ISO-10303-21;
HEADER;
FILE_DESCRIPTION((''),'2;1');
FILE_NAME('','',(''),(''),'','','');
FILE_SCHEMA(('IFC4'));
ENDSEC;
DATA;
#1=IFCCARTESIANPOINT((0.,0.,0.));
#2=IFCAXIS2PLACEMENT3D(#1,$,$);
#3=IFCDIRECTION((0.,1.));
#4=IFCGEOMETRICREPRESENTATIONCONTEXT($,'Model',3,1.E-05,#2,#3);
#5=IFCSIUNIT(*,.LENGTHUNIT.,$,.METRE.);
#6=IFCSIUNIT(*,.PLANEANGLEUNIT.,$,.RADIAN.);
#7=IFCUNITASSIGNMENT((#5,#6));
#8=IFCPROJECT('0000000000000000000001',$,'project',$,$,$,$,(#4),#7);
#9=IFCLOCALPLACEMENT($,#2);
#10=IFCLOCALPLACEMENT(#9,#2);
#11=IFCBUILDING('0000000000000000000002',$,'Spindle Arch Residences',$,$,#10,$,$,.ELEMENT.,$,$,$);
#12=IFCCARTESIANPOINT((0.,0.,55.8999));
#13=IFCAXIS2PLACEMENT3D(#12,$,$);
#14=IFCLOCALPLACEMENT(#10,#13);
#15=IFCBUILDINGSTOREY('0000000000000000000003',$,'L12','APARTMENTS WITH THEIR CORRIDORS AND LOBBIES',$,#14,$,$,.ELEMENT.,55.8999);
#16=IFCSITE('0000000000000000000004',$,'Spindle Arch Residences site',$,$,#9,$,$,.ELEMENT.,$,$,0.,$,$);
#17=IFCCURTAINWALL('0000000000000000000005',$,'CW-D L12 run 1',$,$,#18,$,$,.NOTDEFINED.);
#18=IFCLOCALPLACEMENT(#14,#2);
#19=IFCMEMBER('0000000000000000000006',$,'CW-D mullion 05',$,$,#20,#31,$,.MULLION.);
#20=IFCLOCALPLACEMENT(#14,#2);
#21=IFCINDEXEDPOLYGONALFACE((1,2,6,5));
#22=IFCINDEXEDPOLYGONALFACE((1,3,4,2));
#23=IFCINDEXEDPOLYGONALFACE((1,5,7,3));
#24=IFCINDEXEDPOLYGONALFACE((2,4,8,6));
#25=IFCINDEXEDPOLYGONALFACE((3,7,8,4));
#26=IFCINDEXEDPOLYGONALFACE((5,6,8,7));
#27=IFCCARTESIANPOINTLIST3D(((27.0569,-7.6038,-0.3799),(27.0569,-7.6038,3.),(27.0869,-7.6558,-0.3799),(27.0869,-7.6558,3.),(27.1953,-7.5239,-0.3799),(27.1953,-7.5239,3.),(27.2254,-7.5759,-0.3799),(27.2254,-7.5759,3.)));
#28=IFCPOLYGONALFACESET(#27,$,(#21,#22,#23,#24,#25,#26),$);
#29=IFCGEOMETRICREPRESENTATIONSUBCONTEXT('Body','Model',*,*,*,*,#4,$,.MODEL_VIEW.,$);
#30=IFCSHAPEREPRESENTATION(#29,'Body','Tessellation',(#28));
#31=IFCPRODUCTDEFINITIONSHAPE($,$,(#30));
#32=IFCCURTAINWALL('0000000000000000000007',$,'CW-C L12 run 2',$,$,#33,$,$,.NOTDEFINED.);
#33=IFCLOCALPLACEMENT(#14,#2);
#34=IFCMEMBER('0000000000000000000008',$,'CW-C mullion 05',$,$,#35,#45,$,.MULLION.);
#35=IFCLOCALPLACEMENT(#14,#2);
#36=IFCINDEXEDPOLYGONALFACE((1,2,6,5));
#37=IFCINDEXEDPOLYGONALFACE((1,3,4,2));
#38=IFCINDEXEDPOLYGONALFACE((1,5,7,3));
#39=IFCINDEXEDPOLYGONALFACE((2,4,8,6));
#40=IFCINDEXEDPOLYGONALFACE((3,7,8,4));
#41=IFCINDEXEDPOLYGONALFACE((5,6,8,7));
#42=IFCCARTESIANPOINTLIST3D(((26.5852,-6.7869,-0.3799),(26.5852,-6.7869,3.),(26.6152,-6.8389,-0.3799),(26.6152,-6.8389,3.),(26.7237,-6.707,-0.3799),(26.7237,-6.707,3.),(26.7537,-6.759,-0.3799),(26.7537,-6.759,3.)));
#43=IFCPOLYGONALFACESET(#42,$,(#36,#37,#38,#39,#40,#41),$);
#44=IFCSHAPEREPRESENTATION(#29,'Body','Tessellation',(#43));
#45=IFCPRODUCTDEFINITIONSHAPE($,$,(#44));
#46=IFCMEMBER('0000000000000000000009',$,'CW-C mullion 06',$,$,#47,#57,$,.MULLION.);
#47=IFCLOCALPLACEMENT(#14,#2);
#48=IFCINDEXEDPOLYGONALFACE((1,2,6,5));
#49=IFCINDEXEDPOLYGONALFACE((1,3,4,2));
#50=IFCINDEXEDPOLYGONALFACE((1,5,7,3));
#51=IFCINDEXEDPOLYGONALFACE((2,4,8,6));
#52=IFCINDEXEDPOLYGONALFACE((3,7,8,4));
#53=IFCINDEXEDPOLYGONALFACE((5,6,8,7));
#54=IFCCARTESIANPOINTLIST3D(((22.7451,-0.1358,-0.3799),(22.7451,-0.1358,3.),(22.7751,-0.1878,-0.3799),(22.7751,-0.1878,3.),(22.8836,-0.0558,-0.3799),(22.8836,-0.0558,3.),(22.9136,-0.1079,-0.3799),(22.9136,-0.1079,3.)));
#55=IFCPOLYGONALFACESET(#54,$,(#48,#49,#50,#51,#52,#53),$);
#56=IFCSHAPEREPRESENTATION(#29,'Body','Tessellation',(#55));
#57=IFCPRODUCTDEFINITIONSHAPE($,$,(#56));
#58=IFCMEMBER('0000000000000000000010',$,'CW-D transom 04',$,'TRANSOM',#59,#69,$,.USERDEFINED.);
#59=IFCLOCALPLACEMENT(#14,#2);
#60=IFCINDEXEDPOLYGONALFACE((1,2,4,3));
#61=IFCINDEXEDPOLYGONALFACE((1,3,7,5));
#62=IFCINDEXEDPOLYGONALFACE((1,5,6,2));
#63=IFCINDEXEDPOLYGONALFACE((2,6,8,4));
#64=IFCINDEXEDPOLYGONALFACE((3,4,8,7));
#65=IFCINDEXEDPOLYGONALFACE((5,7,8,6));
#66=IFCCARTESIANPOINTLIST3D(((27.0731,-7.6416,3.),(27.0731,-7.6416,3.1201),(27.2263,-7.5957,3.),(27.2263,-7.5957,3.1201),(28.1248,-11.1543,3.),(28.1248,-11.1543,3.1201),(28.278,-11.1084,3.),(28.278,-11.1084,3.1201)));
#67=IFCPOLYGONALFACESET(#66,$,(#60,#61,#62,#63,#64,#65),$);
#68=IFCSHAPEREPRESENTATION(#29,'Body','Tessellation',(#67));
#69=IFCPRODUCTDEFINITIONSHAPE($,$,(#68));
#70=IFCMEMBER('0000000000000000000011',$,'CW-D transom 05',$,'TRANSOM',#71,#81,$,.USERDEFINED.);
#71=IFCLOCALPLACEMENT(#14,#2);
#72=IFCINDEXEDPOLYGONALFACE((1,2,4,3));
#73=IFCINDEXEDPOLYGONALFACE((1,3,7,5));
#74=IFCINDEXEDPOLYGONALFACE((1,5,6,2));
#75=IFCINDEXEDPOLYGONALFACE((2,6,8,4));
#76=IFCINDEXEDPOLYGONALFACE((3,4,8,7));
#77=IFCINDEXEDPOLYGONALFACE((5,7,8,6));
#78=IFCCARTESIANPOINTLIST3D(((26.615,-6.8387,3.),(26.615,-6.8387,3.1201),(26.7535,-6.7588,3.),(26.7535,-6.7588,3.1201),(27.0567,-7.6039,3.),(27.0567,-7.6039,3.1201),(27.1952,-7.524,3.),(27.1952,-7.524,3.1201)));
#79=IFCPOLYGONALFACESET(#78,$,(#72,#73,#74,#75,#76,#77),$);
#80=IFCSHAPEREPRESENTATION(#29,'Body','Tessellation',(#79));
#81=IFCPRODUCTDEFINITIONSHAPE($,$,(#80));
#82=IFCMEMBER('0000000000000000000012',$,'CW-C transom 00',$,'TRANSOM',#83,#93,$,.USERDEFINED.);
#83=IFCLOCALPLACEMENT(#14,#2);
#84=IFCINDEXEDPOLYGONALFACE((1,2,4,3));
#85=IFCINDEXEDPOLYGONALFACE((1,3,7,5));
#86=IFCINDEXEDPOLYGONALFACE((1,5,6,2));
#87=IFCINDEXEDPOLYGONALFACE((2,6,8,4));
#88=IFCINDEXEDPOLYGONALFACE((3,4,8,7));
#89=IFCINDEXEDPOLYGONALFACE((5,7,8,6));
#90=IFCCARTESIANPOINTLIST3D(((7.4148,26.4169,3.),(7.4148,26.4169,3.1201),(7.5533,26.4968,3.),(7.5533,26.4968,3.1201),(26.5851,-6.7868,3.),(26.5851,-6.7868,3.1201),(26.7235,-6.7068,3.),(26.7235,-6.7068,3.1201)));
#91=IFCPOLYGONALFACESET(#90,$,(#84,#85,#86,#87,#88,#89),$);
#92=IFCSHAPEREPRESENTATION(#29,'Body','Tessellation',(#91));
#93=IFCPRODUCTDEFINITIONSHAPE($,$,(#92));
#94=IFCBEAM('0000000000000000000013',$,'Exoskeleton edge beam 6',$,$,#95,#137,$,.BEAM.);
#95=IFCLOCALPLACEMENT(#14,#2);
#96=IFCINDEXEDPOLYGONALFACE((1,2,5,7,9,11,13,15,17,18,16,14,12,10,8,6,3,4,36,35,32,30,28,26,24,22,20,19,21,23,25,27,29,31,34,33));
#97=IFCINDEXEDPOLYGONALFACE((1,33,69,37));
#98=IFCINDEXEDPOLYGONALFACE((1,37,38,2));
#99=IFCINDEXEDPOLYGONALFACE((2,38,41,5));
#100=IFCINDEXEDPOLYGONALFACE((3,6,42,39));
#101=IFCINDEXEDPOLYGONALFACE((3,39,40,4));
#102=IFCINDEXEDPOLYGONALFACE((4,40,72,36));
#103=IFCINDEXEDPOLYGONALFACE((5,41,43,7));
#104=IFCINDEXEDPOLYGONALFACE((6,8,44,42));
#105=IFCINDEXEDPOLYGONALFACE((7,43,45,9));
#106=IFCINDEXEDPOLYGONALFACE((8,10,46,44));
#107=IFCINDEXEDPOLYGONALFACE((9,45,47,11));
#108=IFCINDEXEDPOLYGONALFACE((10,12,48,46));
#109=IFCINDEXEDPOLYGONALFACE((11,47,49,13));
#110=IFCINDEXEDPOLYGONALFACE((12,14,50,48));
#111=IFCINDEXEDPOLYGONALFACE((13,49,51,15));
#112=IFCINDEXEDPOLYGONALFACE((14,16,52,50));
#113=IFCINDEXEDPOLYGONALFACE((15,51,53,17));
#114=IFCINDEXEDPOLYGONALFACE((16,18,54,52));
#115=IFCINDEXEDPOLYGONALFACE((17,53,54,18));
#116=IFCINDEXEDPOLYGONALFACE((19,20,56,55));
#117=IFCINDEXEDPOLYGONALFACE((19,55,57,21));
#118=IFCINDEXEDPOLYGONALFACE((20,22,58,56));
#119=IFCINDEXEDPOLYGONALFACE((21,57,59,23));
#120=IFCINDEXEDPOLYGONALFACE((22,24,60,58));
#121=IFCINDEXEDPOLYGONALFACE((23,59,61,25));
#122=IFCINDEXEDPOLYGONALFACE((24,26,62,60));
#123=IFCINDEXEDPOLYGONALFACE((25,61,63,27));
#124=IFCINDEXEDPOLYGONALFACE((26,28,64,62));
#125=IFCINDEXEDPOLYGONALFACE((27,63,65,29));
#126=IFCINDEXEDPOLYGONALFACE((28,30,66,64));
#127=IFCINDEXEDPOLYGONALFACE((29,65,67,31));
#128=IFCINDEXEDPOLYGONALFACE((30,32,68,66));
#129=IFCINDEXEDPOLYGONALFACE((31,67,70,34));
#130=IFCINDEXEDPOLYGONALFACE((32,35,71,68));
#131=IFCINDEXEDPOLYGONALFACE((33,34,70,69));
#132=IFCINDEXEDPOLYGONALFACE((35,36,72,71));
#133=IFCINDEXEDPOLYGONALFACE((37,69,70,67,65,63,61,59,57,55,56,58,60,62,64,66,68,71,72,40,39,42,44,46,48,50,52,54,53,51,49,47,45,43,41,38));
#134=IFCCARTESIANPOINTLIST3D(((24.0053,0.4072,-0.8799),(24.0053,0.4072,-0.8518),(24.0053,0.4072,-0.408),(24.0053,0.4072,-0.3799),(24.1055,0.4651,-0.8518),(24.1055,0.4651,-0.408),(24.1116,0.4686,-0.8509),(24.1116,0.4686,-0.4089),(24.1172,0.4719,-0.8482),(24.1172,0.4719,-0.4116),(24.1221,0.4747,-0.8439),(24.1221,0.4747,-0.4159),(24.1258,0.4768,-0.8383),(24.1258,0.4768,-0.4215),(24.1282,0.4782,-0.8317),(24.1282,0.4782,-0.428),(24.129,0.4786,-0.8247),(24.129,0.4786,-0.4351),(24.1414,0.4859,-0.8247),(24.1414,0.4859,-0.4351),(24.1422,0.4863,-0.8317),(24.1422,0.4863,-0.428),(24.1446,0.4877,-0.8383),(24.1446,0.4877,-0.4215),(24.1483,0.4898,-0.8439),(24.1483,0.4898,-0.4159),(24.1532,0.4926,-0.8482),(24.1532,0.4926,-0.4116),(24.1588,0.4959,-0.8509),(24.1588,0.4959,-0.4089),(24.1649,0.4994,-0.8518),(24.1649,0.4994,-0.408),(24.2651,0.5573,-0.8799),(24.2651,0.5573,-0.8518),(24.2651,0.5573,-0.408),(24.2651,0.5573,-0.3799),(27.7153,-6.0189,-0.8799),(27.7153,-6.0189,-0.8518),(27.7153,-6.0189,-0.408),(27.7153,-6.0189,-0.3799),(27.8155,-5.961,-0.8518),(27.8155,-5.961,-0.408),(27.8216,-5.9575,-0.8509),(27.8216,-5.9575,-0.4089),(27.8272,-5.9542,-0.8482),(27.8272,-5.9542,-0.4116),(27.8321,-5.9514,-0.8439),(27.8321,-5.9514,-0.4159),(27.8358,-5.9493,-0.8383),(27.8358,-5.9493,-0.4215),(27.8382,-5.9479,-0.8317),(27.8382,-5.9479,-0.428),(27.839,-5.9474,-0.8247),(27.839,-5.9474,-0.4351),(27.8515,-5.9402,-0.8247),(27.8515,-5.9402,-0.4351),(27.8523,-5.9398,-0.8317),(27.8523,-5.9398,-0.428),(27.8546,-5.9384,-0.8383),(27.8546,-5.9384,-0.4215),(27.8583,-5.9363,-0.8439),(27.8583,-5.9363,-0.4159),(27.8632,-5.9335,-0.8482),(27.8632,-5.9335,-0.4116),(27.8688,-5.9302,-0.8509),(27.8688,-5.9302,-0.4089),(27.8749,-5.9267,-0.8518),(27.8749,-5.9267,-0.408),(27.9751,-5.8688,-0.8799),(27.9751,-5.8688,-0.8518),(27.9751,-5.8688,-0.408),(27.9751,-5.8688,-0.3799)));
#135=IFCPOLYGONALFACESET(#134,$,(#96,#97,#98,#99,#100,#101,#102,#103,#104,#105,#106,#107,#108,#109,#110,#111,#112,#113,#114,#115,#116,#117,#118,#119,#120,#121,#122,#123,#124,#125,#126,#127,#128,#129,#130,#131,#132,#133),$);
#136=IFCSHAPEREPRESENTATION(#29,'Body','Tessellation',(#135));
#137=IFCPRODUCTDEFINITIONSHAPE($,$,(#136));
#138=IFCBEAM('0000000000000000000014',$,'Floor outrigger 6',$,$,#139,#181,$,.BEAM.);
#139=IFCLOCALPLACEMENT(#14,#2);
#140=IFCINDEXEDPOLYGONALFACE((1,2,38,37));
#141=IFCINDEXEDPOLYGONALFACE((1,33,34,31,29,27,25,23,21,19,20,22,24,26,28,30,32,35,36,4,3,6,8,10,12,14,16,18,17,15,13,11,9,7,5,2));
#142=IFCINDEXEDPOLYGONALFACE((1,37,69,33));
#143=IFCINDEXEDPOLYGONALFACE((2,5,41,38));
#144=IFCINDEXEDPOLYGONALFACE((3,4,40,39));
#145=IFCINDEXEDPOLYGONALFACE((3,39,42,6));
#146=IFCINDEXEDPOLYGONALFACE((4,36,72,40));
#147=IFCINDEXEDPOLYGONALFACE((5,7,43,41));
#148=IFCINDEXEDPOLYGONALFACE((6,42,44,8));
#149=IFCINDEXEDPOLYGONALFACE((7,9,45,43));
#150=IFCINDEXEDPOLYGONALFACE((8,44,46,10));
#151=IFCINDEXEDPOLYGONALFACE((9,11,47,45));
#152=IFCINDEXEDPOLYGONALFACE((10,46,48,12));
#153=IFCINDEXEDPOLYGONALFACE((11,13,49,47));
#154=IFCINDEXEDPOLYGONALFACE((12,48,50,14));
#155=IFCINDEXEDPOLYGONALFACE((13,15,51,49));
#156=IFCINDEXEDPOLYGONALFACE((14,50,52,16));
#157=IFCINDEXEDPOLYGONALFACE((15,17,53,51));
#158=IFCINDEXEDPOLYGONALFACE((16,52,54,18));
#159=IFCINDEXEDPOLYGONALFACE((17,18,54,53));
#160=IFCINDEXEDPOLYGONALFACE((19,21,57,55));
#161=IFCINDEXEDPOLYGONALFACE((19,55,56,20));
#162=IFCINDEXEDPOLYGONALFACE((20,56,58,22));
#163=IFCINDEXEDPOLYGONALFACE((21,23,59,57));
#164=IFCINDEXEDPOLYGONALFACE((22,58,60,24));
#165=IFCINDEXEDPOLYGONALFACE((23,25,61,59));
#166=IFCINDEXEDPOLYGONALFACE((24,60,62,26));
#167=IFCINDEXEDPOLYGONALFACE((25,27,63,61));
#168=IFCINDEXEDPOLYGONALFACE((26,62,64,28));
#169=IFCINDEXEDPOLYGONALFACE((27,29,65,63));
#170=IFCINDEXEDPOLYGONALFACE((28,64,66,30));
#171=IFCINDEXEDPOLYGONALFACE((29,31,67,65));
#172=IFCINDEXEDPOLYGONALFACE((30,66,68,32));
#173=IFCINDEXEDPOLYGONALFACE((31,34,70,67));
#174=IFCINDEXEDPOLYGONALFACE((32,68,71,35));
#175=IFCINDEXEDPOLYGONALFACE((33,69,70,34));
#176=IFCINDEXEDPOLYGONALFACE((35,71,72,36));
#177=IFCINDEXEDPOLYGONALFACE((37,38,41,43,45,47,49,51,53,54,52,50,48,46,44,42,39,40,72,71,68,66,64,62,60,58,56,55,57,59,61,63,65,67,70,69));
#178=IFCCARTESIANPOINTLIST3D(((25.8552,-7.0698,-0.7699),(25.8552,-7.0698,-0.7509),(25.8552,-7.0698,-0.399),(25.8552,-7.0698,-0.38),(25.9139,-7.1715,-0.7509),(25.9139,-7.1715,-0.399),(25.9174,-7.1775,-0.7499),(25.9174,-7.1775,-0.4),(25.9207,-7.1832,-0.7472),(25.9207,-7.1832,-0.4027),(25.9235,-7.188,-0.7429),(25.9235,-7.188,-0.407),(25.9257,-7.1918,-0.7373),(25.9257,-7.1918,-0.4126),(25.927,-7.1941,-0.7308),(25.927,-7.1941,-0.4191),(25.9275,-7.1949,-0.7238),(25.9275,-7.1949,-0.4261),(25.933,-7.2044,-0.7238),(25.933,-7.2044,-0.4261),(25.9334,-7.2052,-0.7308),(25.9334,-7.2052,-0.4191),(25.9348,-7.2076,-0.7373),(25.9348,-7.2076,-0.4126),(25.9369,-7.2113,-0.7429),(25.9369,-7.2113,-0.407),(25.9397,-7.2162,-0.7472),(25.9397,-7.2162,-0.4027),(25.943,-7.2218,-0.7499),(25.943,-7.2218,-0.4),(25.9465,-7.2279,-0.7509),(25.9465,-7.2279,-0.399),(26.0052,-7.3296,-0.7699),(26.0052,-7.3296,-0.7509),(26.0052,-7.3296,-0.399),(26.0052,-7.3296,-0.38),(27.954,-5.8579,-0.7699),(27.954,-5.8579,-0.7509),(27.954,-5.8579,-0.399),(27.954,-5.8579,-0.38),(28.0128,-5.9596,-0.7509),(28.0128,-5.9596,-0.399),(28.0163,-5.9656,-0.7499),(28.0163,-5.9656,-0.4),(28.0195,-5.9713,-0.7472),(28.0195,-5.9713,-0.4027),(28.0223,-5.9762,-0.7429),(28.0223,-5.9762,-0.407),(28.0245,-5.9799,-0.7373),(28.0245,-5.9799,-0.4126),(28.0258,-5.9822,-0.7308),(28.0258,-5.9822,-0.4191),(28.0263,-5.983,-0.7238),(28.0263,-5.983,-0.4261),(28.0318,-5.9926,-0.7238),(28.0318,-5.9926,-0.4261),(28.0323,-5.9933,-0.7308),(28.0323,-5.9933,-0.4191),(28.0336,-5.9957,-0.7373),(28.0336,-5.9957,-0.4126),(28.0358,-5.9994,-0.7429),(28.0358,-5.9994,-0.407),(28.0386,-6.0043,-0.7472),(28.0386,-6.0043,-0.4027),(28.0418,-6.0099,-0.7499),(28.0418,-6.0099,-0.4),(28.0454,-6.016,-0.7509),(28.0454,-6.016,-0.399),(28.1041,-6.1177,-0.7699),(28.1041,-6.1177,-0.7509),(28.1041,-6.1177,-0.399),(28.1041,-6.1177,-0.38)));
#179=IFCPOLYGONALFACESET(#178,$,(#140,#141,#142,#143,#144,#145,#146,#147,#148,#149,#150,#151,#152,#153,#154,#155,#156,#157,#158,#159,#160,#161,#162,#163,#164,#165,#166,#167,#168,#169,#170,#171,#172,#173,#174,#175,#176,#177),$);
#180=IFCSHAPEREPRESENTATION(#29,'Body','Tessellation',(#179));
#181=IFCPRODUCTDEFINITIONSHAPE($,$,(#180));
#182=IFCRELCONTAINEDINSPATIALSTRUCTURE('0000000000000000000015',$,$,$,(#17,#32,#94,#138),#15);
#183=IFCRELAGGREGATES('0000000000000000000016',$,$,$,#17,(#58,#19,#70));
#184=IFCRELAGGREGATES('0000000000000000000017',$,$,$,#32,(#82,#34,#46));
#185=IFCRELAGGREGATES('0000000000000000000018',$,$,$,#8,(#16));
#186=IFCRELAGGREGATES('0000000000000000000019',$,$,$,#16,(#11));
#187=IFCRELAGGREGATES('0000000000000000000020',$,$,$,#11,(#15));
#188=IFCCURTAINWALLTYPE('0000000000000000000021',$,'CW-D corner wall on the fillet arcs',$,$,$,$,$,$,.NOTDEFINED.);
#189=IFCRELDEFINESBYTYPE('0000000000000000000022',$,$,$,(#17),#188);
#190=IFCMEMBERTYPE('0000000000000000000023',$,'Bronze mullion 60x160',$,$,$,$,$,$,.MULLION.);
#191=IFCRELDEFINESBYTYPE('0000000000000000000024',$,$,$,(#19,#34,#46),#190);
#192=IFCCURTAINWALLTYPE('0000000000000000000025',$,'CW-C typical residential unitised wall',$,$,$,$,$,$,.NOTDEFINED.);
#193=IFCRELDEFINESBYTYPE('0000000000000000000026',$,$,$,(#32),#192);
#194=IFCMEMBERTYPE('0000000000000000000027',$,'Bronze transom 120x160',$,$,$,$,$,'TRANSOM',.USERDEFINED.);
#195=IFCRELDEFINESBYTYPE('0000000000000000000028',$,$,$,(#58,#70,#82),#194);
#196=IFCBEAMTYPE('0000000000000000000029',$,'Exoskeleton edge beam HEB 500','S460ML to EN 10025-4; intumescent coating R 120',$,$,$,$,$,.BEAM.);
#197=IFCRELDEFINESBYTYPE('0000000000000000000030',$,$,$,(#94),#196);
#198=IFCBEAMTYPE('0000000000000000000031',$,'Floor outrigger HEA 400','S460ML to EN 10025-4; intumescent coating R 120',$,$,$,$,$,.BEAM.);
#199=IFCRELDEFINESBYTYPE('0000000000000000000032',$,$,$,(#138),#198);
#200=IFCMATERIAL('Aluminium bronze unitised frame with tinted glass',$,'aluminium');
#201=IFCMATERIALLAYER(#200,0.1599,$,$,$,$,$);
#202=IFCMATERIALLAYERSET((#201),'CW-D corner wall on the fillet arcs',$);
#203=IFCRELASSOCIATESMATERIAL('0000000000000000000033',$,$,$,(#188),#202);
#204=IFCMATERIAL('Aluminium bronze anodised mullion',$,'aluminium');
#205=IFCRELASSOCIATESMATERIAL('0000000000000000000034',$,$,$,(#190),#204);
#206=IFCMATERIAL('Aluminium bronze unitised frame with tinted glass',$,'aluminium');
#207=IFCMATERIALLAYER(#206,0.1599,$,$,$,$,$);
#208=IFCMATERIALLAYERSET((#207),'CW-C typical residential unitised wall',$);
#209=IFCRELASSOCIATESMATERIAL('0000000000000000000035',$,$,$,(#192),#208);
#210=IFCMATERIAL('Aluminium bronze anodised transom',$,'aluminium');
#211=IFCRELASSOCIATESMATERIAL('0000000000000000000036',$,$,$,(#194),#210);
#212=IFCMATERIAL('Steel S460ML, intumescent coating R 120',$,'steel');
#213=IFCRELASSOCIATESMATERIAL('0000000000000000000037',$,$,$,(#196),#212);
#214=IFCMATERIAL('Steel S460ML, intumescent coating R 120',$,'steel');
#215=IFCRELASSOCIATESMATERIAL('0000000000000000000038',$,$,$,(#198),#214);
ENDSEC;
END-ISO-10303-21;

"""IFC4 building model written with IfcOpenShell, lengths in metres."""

from ifc_helpers import new_model, si_unit, direction, frame, origin, origin_2d, place, context, subcontext, project, spatial, rectangle, i_section, extrude, material, layer, layer_set, material_profile, profile_set, type_object, element, aggregate, save


model = new_model("IFC4")

# Units and contexts
model_context = context("Model", 3, precision=1e-05, world=origin(), true_north=direction((0.0, 1.0)))
body_context = subcontext(model_context, "Body", "Model", "MODEL_VIEW")
ifc_project = project(units=[si_unit("LENGTHUNIT", "METRE"), si_unit("PLANEANGLEUNIT", "RADIAN")], contexts=[model_context])

# Site, building, storey
site_placement = place(None, origin())
site = spatial("IfcSite", under=ifc_project, at=site_placement, Name="Spindle Arch Residences site", CompositionType="ELEMENT", RefElevation=0.0)
building_placement = place(site_placement, origin())
building = spatial("IfcBuilding", under=site, at=building_placement, Name="Spindle Arch Residences", CompositionType="ELEMENT")
storey_placement = place(building_placement, frame((0.0, 0.0, 55.8999)))
storey = spatial("IfcBuildingStorey", under=building, at=storey_placement, Name="L12", Description="APARTMENTS WITH THEIR CORRIDORS AND LOBBIES", CompositionType="ELEMENT", Elevation=55.8999)

# Curtain walls, members
ifc_material_1 = material(Name="Aluminium bronze unitised frame with tinted glass", Category="aluminium")
ifc_layer_1 = layer(ifc_material_1, 0.1599)
ifc_layer_set_1 = layer_set([ifc_layer_1], Name="CW-D corner wall on the fillet arcs")
curtain_wall_type_1 = type_object("IfcCurtainWallType", Name="CW-D corner wall on the fillet arcs", PredefinedType="NOTDEFINED", material=ifc_layer_set_1)
curtain_wall_1_placement = place(storey_placement, origin())
curtain_wall_1 = element("IfcCurtainWall", 1, at=curtain_wall_1_placement, inside=storey, type_object=curtain_wall_type_1, Name="CW-D L12 run 1", PredefinedType="NOTDEFINED")
ifc_material_2 = material(Name="Aluminium bronze anodised mullion", Category="aluminium")
ifc_material_profile_1 = material_profile(ifc_material_2, rectangle(XDim=0.1599, YDim=0.0601, at=origin_2d()), Name="MU 60x160")
ifc_profile_set_1 = profile_set([ifc_material_profile_1], Name="Aluminium bronze anodised mullion")
member_type_1 = type_object("IfcMemberType", Name="Bronze mullion 60x160", PredefinedType="MULLION", material=ifc_profile_set_1)
member_1_placement = place(storey_placement, frame((27.1411, -7.5898, -0.3799), z_axis=(0.0, 0.0, 1.0), x_axis=(-0.866025, -0.5, 0.0)))
member_1 = element("IfcMember", 2, at=member_1_placement, type_object=member_type_1, Name="CW-D mullion 05", PredefinedType="MULLION", context=body_context, shape_type="SweptSolid", body=[
    extrude(rectangle(XDim=0.1599, YDim=0.0601, at=origin_2d()), origin(), (0.0, 0.0, 1.0), 3.3799),
])
ifc_material_3 = material(Name="Aluminium bronze unitised frame with tinted glass", Category="aluminium")
ifc_layer_2 = layer(ifc_material_3, 0.1599)
ifc_layer_set_2 = layer_set([ifc_layer_2], Name="CW-C typical residential unitised wall")
curtain_wall_type_2 = type_object("IfcCurtainWallType", Name="CW-C typical residential unitised wall", PredefinedType="NOTDEFINED", material=ifc_layer_set_2)
curtain_wall_2_placement = place(storey_placement, origin())
curtain_wall_2 = element("IfcCurtainWall", 3, at=curtain_wall_2_placement, inside=storey, type_object=curtain_wall_type_2, Name="CW-C L12 run 2", PredefinedType="NOTDEFINED")
member_2_placement = place(storey_placement, frame((26.6694, -6.7729, -0.3799), z_axis=(0.0, 0.0, 1.0), x_axis=(-0.866025, -0.5, 0.0)))
member_2 = element("IfcMember", 4, at=member_2_placement, type_object=member_type_1, Name="CW-C mullion 05", PredefinedType="MULLION", context=body_context, shape_type="SweptSolid", body=[
    extrude(rectangle(XDim=0.1599, YDim=0.0601, at=origin_2d()), origin(), (0.0, 0.0, 1.0), 3.3799),
])
member_3_placement = place(storey_placement, frame((22.8293, -0.1218, -0.3799), z_axis=(0.0, 0.0, 1.0), x_axis=(-0.866025, -0.5, 0.0)))
member_3 = element("IfcMember", 5, at=member_3_placement, type_object=member_type_1, Name="CW-C mullion 06", PredefinedType="MULLION", context=body_context, shape_type="SweptSolid", body=[
    extrude(rectangle(XDim=0.1599, YDim=0.0601, at=origin_2d()), origin(), (0.0, 0.0, 1.0), 3.3799),
])

# Members
ifc_material_4 = material(Name="Aluminium bronze anodised transom", Category="aluminium")
ifc_material_profile_2 = material_profile(ifc_material_4, rectangle(XDim=0.1599, YDim=0.1201, at=origin_2d()), Name="TR 120x160")
ifc_profile_set_2 = profile_set([ifc_material_profile_2], Name="Aluminium bronze anodised transom")
member_type_2 = type_object("IfcMemberType", Name="Bronze transom 120x160", ElementType="TRANSOM", PredefinedType="USERDEFINED", material=ifc_profile_set_2)
member_4_placement = place(storey_placement, frame((28.2014, -11.1313, 3.0601), z_axis=(-0.286835, 0.95798, 0.0), x_axis=(-0.95798, -0.286835, 0.0)))
member_4 = element("IfcMember", 6, at=member_4_placement, type_object=member_type_2, Name="CW-D transom 04", ObjectType="TRANSOM", PredefinedType="USERDEFINED", context=body_context, shape_type="SweptSolid", body=[
    extrude(rectangle(XDim=0.1599, YDim=0.1201, at=origin_2d()), origin(), (0.0, 0.0, 1.0), 3.6667),
])
member_5_placement = place(storey_placement, frame((27.126, -7.564, 3.0601), z_axis=(-0.499914, 0.866075, 0.0), x_axis=(-0.866075, -0.499914, 0.0)))
member_5 = element("IfcMember", 7, at=member_5_placement, type_object=member_type_2, Name="CW-D transom 05", ObjectType="TRANSOM", PredefinedType="USERDEFINED", context=body_context, shape_type="SweptSolid", body=[
    extrude(rectangle(XDim=0.1599, YDim=0.1201, at=origin_2d()), origin(), (0.0, 0.0, 1.0), 0.8835),
])
member_6_placement = place(storey_placement, frame((26.6543, -6.7468, 3.0601), z_axis=(-0.500001, 0.866025, 0.0), x_axis=(-0.866025, -0.500001, 0.0)))
member_6 = element("IfcMember", 8, at=member_6_placement, type_object=member_type_2, Name="CW-C transom 00", ObjectType="TRANSOM", PredefinedType="USERDEFINED", context=body_context, shape_type="SweptSolid", body=[
    extrude(rectangle(XDim=0.1599, YDim=0.1201, at=origin_2d()), origin(), (0.0, 0.0, 1.0), 38.3403),
])

# Beams
ifc_material_5 = material(Name="Steel S460ML, intumescent coating R 120", Category="steel")
ifc_material_profile_3 = material_profile(ifc_material_5, i_section(OverallWidth=0.3, OverallDepth=0.5, WebThickness=0.0144, FlangeThickness=0.0281, FilletRadius=0.0271, at=origin_2d()), Name="HEB 500")
ifc_profile_set_3 = profile_set([ifc_material_profile_3], Name="Steel S460ML, intumescent coating R 120")
beam_type_1 = type_object("IfcBeamType", Name="Exoskeleton edge beam HEB 500", Description="S460ML to EN 10025-4; intumescent coating R 120", PredefinedType="BEAM", material=ifc_profile_set_3)
beam_1_placement = place(storey_placement, frame((27.8452, -5.9438, -0.6299), z_axis=(-0.499989, 0.866032, 0.0), x_axis=(-0.866032, -0.499989, 0.0)))
element("IfcBeam", 9, at=beam_1_placement, inside=storey, type_object=beam_type_1, Name="Exoskeleton edge beam 6", PredefinedType="BEAM", context=body_context, shape_type="SweptSolid", body=[
    extrude(i_section(OverallWidth=0.3, OverallDepth=0.5, WebThickness=0.0144, FlangeThickness=0.0281, FilletRadius=0.0271, at=origin_2d()), origin(), (0.0, 0.0, 1.0), 7.4202),
])
ifc_material_6 = material(Name="Steel S460ML, intumescent coating R 120", Category="steel")
ifc_material_profile_4 = material_profile(ifc_material_6, i_section(OverallWidth=0.3, OverallDepth=0.3899, WebThickness=0.011, FlangeThickness=0.019, FilletRadius=0.0271, at=origin_2d()), Name="HEA 400")
ifc_profile_set_4 = profile_set([ifc_material_profile_4], Name="Steel S460ML, intumescent coating R 120")
beam_type_2 = type_object("IfcBeamType", Name="Floor outrigger HEA 400", Description="S460ML to EN 10025-4; intumescent coating R 120", PredefinedType="BEAM", material=ifc_profile_set_4)
beam_2_placement = place(storey_placement, frame((28.0291, -5.9878, -0.575), z_axis=(-0.866003, -0.500039, 0.0), x_axis=(0.500039, -0.866003, 0.0)))
element("IfcBeam", 10, at=beam_2_placement, inside=storey, type_object=beam_type_2, Name="Floor outrigger 6", PredefinedType="BEAM", context=body_context, shape_type="SweptSolid", body=[
    extrude(i_section(OverallWidth=0.3, OverallDepth=0.3899, WebThickness=0.011, FlangeThickness=0.019, FilletRadius=0.0271, at=origin_2d()), origin(), (0.0, 0.0, 1.0), 2.4236),
])

aggregate(curtain_wall_1, [member_4, member_1, member_5])
aggregate(curtain_wall_2, [member_6, member_2, member_3])

save(model, "model.ifc")
